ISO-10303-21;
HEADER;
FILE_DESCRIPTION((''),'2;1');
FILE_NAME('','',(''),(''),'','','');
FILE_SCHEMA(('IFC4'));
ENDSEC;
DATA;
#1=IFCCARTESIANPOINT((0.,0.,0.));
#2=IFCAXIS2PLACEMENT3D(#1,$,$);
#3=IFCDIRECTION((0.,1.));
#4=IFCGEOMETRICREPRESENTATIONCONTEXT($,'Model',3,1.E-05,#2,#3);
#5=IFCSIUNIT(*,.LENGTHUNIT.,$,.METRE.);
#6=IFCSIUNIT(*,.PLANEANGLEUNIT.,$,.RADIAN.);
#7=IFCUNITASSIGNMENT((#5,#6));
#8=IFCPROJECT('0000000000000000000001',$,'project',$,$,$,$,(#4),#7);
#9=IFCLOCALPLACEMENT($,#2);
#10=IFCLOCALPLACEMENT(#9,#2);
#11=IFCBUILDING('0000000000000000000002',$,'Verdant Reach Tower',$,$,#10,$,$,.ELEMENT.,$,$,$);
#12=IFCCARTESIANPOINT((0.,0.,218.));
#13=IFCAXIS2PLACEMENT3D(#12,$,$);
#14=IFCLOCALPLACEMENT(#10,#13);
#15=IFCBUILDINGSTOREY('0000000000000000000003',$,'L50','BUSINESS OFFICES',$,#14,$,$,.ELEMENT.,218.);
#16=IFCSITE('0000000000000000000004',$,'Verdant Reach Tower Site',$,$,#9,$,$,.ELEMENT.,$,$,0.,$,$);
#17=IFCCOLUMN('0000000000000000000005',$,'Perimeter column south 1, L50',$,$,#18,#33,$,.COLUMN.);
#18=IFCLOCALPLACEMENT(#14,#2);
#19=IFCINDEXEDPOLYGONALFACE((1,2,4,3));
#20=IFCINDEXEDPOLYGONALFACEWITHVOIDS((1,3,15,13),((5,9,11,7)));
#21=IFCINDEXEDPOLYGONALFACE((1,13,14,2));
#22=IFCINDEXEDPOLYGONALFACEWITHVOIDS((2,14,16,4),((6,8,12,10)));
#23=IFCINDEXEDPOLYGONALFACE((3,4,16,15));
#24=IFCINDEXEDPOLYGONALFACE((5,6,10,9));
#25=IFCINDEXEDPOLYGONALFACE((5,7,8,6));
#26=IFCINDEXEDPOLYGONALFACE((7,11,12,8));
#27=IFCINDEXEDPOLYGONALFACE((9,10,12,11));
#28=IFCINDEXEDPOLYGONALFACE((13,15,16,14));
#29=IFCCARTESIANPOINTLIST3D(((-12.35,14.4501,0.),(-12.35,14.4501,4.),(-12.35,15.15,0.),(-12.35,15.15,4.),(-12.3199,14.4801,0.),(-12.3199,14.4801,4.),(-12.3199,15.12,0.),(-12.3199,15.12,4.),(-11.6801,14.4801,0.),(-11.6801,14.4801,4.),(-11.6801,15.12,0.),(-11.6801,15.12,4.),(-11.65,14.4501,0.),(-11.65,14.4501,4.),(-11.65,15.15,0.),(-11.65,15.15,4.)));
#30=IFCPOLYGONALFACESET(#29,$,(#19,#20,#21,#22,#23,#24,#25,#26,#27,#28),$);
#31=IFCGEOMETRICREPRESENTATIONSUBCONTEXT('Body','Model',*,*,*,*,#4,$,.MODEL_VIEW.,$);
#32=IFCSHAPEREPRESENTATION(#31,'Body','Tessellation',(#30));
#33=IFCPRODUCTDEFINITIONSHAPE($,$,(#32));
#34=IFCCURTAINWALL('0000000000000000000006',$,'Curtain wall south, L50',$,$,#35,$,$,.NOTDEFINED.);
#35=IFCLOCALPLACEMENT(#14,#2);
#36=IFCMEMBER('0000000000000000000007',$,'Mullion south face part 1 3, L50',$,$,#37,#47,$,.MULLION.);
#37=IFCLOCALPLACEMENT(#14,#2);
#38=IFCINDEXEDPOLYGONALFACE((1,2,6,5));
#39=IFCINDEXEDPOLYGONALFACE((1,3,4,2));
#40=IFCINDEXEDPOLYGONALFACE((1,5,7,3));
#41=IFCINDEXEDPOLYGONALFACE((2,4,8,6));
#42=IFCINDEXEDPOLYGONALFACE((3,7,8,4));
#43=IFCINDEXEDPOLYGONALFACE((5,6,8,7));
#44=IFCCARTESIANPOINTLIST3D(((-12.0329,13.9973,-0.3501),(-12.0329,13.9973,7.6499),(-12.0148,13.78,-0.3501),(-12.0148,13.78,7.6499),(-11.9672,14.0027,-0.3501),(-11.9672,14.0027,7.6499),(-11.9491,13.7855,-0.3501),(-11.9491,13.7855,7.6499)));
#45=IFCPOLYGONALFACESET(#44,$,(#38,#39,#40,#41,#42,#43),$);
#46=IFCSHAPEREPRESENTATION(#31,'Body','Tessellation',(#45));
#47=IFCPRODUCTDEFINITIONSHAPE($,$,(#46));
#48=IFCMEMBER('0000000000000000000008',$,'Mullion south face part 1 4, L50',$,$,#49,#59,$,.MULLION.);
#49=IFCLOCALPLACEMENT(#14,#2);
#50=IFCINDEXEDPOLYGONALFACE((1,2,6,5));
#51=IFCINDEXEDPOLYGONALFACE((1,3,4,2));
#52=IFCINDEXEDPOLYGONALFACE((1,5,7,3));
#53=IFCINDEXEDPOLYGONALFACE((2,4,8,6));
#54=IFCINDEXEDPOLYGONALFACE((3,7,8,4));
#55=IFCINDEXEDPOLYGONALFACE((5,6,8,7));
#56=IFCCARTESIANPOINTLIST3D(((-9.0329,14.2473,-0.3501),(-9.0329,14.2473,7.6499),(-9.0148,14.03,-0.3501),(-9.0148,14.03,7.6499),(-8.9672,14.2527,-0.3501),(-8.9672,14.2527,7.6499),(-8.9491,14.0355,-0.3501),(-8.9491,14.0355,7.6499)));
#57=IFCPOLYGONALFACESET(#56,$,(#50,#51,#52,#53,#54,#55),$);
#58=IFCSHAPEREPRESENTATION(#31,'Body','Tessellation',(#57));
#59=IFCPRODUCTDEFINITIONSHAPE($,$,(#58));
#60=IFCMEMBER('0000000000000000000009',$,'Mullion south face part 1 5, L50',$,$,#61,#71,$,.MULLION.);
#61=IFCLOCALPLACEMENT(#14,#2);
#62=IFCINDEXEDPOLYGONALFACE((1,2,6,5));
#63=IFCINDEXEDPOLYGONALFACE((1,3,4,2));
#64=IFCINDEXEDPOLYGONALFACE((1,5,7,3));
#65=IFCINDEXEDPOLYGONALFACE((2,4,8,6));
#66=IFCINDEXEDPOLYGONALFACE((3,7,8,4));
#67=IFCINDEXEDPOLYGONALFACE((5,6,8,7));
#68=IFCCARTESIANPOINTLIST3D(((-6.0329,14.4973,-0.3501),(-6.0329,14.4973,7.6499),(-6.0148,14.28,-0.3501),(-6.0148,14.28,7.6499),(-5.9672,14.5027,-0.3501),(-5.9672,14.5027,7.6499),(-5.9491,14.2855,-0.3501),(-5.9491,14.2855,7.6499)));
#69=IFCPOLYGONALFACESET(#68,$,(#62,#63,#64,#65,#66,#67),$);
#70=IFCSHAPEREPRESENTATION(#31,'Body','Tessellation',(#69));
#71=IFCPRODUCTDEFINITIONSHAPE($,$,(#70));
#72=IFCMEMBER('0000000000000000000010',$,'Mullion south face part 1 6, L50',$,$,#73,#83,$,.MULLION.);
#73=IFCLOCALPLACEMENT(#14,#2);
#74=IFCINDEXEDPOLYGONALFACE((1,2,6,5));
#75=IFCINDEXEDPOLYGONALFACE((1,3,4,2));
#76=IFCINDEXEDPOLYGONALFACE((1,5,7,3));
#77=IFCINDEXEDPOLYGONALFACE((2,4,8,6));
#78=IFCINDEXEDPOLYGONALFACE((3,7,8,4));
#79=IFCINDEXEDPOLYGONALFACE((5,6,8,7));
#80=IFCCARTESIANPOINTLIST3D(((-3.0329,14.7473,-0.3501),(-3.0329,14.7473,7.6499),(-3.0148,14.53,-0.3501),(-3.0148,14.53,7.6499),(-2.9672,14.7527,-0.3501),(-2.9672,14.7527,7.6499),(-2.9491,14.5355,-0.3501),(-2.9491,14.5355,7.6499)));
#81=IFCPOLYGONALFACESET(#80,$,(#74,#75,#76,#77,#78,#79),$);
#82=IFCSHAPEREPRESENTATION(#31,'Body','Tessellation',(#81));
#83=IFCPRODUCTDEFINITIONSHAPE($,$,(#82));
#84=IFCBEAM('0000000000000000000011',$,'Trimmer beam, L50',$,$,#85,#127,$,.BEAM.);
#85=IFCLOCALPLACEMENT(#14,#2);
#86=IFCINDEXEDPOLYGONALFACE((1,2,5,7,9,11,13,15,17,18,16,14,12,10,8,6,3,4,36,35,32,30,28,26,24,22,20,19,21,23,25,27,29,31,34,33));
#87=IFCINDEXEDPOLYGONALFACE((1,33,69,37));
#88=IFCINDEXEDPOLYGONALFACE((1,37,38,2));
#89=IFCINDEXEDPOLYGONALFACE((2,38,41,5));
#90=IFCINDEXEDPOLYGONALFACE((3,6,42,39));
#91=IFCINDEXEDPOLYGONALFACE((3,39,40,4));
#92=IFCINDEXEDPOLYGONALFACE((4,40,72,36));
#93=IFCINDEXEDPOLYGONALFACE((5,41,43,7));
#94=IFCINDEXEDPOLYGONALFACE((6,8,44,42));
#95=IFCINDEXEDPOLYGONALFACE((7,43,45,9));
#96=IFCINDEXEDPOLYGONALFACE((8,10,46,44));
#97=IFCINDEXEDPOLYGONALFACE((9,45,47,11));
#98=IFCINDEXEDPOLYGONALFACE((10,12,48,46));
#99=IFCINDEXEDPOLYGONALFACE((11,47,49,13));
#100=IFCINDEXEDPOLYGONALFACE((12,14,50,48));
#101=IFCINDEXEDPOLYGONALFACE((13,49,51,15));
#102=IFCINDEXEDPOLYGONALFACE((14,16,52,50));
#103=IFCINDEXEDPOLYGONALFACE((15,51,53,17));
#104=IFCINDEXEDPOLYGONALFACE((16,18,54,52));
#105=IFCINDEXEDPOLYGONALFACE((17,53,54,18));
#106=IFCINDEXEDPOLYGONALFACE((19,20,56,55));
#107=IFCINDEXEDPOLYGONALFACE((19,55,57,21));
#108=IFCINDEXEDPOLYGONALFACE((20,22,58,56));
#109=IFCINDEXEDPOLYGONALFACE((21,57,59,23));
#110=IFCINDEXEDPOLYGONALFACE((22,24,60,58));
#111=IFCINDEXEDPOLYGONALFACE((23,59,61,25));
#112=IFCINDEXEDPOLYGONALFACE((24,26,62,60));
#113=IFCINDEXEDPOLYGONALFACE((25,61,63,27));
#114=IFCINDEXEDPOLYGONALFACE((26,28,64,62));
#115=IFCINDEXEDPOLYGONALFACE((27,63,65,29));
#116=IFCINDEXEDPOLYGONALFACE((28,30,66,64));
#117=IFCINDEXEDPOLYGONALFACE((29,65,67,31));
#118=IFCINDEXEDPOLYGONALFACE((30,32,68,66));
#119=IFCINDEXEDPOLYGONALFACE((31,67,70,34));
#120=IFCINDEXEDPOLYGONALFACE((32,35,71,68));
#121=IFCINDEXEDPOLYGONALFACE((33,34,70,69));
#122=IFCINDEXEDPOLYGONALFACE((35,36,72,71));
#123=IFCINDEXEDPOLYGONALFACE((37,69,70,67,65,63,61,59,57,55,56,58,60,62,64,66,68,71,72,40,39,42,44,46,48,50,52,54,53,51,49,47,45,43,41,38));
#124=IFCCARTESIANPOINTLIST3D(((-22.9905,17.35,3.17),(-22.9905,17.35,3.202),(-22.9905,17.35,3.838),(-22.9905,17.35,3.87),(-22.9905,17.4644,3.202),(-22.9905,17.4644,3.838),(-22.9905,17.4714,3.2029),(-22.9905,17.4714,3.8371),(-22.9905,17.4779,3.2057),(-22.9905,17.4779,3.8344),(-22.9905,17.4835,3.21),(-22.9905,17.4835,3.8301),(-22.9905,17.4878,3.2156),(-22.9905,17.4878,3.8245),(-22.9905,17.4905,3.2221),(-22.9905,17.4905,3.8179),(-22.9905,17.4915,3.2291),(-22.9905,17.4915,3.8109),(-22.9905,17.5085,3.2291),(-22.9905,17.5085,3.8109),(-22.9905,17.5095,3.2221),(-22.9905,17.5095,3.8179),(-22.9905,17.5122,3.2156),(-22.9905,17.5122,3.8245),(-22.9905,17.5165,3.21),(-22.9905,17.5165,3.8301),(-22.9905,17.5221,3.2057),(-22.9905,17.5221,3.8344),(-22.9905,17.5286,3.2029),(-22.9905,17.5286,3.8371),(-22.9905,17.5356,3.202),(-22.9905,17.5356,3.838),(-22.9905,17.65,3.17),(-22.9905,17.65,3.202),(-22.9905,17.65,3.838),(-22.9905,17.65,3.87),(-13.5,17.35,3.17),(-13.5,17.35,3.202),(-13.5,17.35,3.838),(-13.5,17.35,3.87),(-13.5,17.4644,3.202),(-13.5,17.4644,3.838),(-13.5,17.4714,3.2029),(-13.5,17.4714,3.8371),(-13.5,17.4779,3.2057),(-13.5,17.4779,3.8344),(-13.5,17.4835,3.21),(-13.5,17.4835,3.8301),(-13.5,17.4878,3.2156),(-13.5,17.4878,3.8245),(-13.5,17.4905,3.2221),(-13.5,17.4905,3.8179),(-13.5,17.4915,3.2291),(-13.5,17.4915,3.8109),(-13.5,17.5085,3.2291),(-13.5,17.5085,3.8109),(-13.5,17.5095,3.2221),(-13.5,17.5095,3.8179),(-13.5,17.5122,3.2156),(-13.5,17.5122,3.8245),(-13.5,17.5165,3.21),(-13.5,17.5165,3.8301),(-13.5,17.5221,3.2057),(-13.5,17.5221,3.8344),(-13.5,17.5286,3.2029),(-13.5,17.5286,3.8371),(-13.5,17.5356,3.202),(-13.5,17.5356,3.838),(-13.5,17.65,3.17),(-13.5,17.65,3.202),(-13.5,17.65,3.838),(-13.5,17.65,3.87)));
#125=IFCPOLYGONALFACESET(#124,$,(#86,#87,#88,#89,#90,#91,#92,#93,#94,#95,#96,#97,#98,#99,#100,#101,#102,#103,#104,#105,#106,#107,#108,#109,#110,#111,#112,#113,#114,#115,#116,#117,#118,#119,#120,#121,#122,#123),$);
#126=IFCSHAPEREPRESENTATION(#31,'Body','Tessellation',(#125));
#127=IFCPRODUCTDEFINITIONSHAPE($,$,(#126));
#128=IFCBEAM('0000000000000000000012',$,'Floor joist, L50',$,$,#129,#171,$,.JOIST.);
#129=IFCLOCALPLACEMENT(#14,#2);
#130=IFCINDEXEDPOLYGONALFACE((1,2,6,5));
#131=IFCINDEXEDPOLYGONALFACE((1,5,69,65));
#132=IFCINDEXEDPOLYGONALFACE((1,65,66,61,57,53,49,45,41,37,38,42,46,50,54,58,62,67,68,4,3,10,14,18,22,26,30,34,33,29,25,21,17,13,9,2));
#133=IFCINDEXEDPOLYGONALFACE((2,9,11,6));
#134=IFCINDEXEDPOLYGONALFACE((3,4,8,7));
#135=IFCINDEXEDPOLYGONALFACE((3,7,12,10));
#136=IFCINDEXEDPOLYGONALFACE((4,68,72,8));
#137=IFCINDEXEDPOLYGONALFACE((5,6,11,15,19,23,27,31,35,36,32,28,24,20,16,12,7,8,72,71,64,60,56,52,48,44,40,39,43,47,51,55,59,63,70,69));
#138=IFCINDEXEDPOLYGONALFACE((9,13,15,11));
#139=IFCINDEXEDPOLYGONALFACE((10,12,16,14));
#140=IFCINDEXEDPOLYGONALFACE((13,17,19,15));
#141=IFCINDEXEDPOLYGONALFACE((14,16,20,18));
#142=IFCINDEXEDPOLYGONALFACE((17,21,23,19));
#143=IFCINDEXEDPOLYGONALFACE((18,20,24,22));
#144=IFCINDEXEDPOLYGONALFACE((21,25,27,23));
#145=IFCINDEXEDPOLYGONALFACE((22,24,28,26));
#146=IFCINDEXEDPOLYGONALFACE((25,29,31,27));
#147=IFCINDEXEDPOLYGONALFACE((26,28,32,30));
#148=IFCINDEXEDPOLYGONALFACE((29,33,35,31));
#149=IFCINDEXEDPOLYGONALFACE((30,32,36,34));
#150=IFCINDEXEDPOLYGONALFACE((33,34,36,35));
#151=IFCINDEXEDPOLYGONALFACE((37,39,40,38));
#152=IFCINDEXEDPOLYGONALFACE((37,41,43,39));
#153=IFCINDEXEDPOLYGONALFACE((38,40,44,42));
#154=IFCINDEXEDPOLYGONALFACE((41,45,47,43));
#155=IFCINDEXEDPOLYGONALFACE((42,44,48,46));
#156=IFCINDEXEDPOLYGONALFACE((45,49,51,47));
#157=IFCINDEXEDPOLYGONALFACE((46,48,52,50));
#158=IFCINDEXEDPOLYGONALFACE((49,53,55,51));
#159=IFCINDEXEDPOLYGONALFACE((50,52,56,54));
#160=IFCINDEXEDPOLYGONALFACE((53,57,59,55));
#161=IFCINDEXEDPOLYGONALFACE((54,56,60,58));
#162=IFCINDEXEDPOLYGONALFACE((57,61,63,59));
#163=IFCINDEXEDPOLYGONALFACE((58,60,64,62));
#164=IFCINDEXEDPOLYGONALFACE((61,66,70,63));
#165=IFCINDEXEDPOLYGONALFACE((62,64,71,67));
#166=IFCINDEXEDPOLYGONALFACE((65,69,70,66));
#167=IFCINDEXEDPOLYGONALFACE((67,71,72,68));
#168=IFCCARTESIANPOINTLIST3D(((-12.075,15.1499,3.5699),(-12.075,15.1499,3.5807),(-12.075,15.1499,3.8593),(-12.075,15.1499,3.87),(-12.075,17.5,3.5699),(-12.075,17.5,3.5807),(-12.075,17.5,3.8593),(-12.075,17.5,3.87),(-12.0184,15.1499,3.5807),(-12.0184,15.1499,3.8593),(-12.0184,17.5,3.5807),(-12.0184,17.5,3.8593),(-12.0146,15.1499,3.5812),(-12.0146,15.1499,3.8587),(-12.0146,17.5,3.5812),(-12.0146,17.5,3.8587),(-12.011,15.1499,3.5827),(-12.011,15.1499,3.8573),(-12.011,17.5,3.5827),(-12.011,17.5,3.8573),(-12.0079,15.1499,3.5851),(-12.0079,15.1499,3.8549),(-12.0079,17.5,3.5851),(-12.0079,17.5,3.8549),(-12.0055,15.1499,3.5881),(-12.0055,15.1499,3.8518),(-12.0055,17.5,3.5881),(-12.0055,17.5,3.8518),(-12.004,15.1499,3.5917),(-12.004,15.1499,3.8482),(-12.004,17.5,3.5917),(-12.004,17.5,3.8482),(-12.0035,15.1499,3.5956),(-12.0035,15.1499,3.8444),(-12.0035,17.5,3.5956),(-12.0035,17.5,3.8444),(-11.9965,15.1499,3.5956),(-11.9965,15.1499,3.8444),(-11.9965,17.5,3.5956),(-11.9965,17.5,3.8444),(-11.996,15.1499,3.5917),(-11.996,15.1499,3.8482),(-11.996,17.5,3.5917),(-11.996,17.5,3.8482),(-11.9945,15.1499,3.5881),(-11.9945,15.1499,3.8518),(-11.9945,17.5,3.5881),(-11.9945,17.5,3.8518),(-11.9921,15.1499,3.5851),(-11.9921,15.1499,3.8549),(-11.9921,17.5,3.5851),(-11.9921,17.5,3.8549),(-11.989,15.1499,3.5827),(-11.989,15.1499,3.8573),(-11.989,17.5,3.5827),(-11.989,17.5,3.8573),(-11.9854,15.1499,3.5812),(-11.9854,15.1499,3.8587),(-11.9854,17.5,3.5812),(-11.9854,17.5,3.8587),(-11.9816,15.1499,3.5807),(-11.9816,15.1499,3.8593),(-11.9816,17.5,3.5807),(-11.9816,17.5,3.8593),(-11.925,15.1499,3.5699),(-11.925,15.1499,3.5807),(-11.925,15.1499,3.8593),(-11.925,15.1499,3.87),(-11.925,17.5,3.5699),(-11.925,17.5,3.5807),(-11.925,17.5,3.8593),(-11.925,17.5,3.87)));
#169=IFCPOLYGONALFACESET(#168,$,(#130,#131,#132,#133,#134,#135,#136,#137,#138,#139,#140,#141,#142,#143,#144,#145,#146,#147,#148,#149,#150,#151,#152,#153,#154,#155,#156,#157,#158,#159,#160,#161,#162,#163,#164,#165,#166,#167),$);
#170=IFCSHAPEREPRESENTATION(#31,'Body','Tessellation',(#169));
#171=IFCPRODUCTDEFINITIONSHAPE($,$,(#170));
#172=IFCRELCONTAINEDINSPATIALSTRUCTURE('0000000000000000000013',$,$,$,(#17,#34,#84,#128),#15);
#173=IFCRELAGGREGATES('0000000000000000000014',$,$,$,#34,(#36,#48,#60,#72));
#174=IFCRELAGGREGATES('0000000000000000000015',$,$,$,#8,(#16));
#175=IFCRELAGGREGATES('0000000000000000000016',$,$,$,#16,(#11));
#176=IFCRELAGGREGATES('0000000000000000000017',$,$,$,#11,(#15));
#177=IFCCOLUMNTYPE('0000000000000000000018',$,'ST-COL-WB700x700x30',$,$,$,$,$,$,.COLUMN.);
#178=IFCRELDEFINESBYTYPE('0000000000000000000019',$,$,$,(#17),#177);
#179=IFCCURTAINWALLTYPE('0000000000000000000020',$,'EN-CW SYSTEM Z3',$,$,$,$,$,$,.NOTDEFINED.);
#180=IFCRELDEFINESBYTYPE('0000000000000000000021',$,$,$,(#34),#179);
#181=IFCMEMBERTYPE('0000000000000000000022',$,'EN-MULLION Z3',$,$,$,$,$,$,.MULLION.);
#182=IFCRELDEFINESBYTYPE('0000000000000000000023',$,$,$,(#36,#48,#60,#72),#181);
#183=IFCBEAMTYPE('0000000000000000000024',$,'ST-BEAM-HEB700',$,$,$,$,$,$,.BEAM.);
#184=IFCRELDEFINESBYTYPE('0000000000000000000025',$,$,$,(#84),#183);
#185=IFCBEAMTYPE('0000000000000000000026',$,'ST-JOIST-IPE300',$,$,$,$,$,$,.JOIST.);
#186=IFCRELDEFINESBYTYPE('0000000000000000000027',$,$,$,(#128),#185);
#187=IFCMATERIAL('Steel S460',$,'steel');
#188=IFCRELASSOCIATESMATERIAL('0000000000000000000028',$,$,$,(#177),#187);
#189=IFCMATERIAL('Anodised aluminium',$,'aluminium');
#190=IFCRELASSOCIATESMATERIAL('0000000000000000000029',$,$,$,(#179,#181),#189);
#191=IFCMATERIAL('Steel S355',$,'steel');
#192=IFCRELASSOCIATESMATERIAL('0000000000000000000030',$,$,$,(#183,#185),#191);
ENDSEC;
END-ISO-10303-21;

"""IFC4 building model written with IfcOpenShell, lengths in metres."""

from ifc_helpers import new_model, si_unit, direction, frame, origin, origin_2d, place, context, subcontext, project, spatial, rectangle, hollow_rectangle, i_section, extrude, material, material_profile, profile_set, type_object, element, aggregate, save


model = new_model("IFC4")

# Units and contexts
model_context = context("Model", 3, precision=1e-05, world=origin(), true_north=direction((0.0, 1.0)))
body_context = subcontext(model_context, "Body", "Model", "MODEL_VIEW")
ifc_project = project(units=[si_unit("LENGTHUNIT", "METRE"), si_unit("PLANEANGLEUNIT", "RADIAN")], contexts=[model_context])

# Site, building, storey
site_placement = place(None, origin())
site = spatial("IfcSite", under=ifc_project, at=site_placement, Name="Verdant Reach Tower Site", CompositionType="ELEMENT", RefElevation=0.0)
building_placement = place(site_placement, origin())
building = spatial("IfcBuilding", under=site, at=building_placement, Name="Verdant Reach Tower", CompositionType="ELEMENT")
storey_placement = place(building_placement, frame((0.0, 0.0, 218.0)))
storey = spatial("IfcBuildingStorey", under=building, at=storey_placement, Name="L50", Description="BUSINESS OFFICES", CompositionType="ELEMENT", Elevation=218.0)

# Column
ifc_material_1 = material(Name="Steel S460", Category="steel")
ifc_material_profile_1 = material_profile(ifc_material_1, hollow_rectangle(XDim=0.7, YDim=0.7, WallThickness=0.03, at=origin_2d()), Name="WB 700x700x30")
ifc_profile_set_1 = profile_set([ifc_material_profile_1], Name="Steel S460")
column_type = type_object("IfcColumnType", Name="ST-COL-WB700x700x30", PredefinedType="COLUMN", material=ifc_profile_set_1)
column_placement = place(storey_placement, frame((-12.0, 14.8, 0.0), z_axis=(0.0, 0.0, 1.0), x_axis=(1.0, 0.0, 0.0)))
element("IfcColumn", 1, at=column_placement, inside=storey, type_object=column_type, Name="Perimeter column south 1, L50", PredefinedType="COLUMN", context=body_context, shape_type="SweptSolid", body=[
    extrude(hollow_rectangle(XDim=0.7, YDim=0.7, WallThickness=0.03, at=origin_2d()), origin(), (0.0, 0.0, 1.0), 4.0),
])

# Curtain wall, members
ifc_material_2 = material(Name="Anodised aluminium", Category="aluminium")
curtain_wall_type = type_object("IfcCurtainWallType", Name="EN-CW SYSTEM Z3", PredefinedType="NOTDEFINED", material=ifc_material_2)
curtain_wall_placement = place(storey_placement, origin())
curtain_wall = element("IfcCurtainWall", 2, at=curtain_wall_placement, inside=storey, type_object=curtain_wall_type, Name="Curtain wall south, L50", PredefinedType="NOTDEFINED")
ifc_material_profile_2 = material_profile(ifc_material_2, rectangle(XDim=0.218, YDim=0.0659, at=origin_2d()), Name="Mullion 66x218")
ifc_profile_set_2 = profile_set([ifc_material_profile_2], Name="Anodised aluminium")
member_type = type_object("IfcMemberType", Name="EN-MULLION Z3", PredefinedType="MULLION", material=ifc_profile_set_2)
member_1_placement = place(storey_placement, frame((-11.991, 13.8914, -0.3501), z_axis=(0.0, 0.0, 1.0), x_axis=(0.083045, -0.996546, 0.0)))
member_1 = element("IfcMember", 3, at=member_1_placement, type_object=member_type, Name="Mullion south face part 1 3, L50", PredefinedType="MULLION", context=body_context, shape_type="SweptSolid", body=[
    extrude(rectangle(XDim=0.218, YDim=0.0659, at=origin_2d()), origin(), (0.0, 0.0, 1.0), 8.0),
])
member_2_placement = place(storey_placement, frame((-8.991, 14.1414, -0.3501), z_axis=(0.0, 0.0, 1.0), x_axis=(0.083045, -0.996546, 0.0)))
member_2 = element("IfcMember", 4, at=member_2_placement, type_object=member_type, Name="Mullion south face part 1 4, L50", PredefinedType="MULLION", context=body_context, shape_type="SweptSolid", body=[
    extrude(rectangle(XDim=0.218, YDim=0.0659, at=origin_2d()), origin(), (0.0, 0.0, 1.0), 8.0),
])
member_3_placement = place(storey_placement, frame((-5.991, 14.3914, -0.3501), z_axis=(0.0, 0.0, 1.0), x_axis=(0.083045, -0.996546, 0.0)))
member_3 = element("IfcMember", 5, at=member_3_placement, type_object=member_type, Name="Mullion south face part 1 5, L50", PredefinedType="MULLION", context=body_context, shape_type="SweptSolid", body=[
    extrude(rectangle(XDim=0.218, YDim=0.0659, at=origin_2d()), origin(), (0.0, 0.0, 1.0), 8.0),
])
member_4_placement = place(storey_placement, frame((-2.991, 14.6414, -0.3501), z_axis=(0.0, 0.0, 1.0), x_axis=(0.083045, -0.996546, 0.0)))
member_4 = element("IfcMember", 6, at=member_4_placement, type_object=member_type, Name="Mullion south face part 1 6, L50", PredefinedType="MULLION", context=body_context, shape_type="SweptSolid", body=[
    extrude(rectangle(XDim=0.218, YDim=0.0659, at=origin_2d()), origin(), (0.0, 0.0, 1.0), 8.0),
])

# Beams
ifc_material_3 = material(Name="Steel S355", Category="steel")
ifc_material_profile_3 = material_profile(ifc_material_3, i_section(OverallWidth=0.3, OverallDepth=0.7, WebThickness=0.0171, FlangeThickness=0.032, FilletRadius=0.0271, at=origin_2d()), Name="HEB 700")
ifc_profile_set_3 = profile_set([ifc_material_profile_3], Name="Steel S355")
beam_type_1 = type_object("IfcBeamType", Name="ST-BEAM-HEB700", PredefinedType="BEAM", material=ifc_profile_set_3)
beam_1_placement = place(storey_placement, frame((-13.5, 17.5, 3.52), z_axis=(-1.0, 0.0, 0.0), x_axis=(0.0, -1.0, 0.0)))
element("IfcBeam", 7, at=beam_1_placement, inside=storey, type_object=beam_type_1, Name="Trimmer beam, L50", PredefinedType="BEAM", context=body_context, shape_type="SweptSolid", body=[
    extrude(i_section(OverallWidth=0.3, OverallDepth=0.7, WebThickness=0.0171, FlangeThickness=0.032, FilletRadius=0.0271, at=origin_2d()), origin(), (0.0, 0.0, 1.0), 9.4905),
])
ifc_material_profile_4 = material_profile(ifc_material_3, i_section(OverallWidth=0.1499, OverallDepth=0.3, WebThickness=0.0071, FlangeThickness=0.0107, FilletRadius=0.0149, at=origin_2d()), Name="IPE 300")
ifc_profile_set_4 = profile_set([ifc_material_profile_4], Name="Steel S355")
beam_type_2 = type_object("IfcBeamType", Name="ST-JOIST-IPE300", PredefinedType="JOIST", material=ifc_profile_set_4)
beam_2_placement = place(storey_placement, frame((-12.0, 17.5, 3.72), z_axis=(0.0, -1.0, 0.0), x_axis=(1.0, 0.0, 0.0)))
element("IfcBeam", 8, at=beam_2_placement, inside=storey, type_object=beam_type_2, Name="Floor joist, L50", PredefinedType="JOIST", context=body_context, shape_type="SweptSolid", body=[
    extrude(i_section(OverallWidth=0.1499, OverallDepth=0.3, WebThickness=0.0071, FlangeThickness=0.0107, FilletRadius=0.0149, at=origin_2d()), origin(), (0.0, 0.0, 1.0), 2.3501),
])

aggregate(curtain_wall, [member_1, member_2, member_3, member_4])

save(model, "model.ifc")
